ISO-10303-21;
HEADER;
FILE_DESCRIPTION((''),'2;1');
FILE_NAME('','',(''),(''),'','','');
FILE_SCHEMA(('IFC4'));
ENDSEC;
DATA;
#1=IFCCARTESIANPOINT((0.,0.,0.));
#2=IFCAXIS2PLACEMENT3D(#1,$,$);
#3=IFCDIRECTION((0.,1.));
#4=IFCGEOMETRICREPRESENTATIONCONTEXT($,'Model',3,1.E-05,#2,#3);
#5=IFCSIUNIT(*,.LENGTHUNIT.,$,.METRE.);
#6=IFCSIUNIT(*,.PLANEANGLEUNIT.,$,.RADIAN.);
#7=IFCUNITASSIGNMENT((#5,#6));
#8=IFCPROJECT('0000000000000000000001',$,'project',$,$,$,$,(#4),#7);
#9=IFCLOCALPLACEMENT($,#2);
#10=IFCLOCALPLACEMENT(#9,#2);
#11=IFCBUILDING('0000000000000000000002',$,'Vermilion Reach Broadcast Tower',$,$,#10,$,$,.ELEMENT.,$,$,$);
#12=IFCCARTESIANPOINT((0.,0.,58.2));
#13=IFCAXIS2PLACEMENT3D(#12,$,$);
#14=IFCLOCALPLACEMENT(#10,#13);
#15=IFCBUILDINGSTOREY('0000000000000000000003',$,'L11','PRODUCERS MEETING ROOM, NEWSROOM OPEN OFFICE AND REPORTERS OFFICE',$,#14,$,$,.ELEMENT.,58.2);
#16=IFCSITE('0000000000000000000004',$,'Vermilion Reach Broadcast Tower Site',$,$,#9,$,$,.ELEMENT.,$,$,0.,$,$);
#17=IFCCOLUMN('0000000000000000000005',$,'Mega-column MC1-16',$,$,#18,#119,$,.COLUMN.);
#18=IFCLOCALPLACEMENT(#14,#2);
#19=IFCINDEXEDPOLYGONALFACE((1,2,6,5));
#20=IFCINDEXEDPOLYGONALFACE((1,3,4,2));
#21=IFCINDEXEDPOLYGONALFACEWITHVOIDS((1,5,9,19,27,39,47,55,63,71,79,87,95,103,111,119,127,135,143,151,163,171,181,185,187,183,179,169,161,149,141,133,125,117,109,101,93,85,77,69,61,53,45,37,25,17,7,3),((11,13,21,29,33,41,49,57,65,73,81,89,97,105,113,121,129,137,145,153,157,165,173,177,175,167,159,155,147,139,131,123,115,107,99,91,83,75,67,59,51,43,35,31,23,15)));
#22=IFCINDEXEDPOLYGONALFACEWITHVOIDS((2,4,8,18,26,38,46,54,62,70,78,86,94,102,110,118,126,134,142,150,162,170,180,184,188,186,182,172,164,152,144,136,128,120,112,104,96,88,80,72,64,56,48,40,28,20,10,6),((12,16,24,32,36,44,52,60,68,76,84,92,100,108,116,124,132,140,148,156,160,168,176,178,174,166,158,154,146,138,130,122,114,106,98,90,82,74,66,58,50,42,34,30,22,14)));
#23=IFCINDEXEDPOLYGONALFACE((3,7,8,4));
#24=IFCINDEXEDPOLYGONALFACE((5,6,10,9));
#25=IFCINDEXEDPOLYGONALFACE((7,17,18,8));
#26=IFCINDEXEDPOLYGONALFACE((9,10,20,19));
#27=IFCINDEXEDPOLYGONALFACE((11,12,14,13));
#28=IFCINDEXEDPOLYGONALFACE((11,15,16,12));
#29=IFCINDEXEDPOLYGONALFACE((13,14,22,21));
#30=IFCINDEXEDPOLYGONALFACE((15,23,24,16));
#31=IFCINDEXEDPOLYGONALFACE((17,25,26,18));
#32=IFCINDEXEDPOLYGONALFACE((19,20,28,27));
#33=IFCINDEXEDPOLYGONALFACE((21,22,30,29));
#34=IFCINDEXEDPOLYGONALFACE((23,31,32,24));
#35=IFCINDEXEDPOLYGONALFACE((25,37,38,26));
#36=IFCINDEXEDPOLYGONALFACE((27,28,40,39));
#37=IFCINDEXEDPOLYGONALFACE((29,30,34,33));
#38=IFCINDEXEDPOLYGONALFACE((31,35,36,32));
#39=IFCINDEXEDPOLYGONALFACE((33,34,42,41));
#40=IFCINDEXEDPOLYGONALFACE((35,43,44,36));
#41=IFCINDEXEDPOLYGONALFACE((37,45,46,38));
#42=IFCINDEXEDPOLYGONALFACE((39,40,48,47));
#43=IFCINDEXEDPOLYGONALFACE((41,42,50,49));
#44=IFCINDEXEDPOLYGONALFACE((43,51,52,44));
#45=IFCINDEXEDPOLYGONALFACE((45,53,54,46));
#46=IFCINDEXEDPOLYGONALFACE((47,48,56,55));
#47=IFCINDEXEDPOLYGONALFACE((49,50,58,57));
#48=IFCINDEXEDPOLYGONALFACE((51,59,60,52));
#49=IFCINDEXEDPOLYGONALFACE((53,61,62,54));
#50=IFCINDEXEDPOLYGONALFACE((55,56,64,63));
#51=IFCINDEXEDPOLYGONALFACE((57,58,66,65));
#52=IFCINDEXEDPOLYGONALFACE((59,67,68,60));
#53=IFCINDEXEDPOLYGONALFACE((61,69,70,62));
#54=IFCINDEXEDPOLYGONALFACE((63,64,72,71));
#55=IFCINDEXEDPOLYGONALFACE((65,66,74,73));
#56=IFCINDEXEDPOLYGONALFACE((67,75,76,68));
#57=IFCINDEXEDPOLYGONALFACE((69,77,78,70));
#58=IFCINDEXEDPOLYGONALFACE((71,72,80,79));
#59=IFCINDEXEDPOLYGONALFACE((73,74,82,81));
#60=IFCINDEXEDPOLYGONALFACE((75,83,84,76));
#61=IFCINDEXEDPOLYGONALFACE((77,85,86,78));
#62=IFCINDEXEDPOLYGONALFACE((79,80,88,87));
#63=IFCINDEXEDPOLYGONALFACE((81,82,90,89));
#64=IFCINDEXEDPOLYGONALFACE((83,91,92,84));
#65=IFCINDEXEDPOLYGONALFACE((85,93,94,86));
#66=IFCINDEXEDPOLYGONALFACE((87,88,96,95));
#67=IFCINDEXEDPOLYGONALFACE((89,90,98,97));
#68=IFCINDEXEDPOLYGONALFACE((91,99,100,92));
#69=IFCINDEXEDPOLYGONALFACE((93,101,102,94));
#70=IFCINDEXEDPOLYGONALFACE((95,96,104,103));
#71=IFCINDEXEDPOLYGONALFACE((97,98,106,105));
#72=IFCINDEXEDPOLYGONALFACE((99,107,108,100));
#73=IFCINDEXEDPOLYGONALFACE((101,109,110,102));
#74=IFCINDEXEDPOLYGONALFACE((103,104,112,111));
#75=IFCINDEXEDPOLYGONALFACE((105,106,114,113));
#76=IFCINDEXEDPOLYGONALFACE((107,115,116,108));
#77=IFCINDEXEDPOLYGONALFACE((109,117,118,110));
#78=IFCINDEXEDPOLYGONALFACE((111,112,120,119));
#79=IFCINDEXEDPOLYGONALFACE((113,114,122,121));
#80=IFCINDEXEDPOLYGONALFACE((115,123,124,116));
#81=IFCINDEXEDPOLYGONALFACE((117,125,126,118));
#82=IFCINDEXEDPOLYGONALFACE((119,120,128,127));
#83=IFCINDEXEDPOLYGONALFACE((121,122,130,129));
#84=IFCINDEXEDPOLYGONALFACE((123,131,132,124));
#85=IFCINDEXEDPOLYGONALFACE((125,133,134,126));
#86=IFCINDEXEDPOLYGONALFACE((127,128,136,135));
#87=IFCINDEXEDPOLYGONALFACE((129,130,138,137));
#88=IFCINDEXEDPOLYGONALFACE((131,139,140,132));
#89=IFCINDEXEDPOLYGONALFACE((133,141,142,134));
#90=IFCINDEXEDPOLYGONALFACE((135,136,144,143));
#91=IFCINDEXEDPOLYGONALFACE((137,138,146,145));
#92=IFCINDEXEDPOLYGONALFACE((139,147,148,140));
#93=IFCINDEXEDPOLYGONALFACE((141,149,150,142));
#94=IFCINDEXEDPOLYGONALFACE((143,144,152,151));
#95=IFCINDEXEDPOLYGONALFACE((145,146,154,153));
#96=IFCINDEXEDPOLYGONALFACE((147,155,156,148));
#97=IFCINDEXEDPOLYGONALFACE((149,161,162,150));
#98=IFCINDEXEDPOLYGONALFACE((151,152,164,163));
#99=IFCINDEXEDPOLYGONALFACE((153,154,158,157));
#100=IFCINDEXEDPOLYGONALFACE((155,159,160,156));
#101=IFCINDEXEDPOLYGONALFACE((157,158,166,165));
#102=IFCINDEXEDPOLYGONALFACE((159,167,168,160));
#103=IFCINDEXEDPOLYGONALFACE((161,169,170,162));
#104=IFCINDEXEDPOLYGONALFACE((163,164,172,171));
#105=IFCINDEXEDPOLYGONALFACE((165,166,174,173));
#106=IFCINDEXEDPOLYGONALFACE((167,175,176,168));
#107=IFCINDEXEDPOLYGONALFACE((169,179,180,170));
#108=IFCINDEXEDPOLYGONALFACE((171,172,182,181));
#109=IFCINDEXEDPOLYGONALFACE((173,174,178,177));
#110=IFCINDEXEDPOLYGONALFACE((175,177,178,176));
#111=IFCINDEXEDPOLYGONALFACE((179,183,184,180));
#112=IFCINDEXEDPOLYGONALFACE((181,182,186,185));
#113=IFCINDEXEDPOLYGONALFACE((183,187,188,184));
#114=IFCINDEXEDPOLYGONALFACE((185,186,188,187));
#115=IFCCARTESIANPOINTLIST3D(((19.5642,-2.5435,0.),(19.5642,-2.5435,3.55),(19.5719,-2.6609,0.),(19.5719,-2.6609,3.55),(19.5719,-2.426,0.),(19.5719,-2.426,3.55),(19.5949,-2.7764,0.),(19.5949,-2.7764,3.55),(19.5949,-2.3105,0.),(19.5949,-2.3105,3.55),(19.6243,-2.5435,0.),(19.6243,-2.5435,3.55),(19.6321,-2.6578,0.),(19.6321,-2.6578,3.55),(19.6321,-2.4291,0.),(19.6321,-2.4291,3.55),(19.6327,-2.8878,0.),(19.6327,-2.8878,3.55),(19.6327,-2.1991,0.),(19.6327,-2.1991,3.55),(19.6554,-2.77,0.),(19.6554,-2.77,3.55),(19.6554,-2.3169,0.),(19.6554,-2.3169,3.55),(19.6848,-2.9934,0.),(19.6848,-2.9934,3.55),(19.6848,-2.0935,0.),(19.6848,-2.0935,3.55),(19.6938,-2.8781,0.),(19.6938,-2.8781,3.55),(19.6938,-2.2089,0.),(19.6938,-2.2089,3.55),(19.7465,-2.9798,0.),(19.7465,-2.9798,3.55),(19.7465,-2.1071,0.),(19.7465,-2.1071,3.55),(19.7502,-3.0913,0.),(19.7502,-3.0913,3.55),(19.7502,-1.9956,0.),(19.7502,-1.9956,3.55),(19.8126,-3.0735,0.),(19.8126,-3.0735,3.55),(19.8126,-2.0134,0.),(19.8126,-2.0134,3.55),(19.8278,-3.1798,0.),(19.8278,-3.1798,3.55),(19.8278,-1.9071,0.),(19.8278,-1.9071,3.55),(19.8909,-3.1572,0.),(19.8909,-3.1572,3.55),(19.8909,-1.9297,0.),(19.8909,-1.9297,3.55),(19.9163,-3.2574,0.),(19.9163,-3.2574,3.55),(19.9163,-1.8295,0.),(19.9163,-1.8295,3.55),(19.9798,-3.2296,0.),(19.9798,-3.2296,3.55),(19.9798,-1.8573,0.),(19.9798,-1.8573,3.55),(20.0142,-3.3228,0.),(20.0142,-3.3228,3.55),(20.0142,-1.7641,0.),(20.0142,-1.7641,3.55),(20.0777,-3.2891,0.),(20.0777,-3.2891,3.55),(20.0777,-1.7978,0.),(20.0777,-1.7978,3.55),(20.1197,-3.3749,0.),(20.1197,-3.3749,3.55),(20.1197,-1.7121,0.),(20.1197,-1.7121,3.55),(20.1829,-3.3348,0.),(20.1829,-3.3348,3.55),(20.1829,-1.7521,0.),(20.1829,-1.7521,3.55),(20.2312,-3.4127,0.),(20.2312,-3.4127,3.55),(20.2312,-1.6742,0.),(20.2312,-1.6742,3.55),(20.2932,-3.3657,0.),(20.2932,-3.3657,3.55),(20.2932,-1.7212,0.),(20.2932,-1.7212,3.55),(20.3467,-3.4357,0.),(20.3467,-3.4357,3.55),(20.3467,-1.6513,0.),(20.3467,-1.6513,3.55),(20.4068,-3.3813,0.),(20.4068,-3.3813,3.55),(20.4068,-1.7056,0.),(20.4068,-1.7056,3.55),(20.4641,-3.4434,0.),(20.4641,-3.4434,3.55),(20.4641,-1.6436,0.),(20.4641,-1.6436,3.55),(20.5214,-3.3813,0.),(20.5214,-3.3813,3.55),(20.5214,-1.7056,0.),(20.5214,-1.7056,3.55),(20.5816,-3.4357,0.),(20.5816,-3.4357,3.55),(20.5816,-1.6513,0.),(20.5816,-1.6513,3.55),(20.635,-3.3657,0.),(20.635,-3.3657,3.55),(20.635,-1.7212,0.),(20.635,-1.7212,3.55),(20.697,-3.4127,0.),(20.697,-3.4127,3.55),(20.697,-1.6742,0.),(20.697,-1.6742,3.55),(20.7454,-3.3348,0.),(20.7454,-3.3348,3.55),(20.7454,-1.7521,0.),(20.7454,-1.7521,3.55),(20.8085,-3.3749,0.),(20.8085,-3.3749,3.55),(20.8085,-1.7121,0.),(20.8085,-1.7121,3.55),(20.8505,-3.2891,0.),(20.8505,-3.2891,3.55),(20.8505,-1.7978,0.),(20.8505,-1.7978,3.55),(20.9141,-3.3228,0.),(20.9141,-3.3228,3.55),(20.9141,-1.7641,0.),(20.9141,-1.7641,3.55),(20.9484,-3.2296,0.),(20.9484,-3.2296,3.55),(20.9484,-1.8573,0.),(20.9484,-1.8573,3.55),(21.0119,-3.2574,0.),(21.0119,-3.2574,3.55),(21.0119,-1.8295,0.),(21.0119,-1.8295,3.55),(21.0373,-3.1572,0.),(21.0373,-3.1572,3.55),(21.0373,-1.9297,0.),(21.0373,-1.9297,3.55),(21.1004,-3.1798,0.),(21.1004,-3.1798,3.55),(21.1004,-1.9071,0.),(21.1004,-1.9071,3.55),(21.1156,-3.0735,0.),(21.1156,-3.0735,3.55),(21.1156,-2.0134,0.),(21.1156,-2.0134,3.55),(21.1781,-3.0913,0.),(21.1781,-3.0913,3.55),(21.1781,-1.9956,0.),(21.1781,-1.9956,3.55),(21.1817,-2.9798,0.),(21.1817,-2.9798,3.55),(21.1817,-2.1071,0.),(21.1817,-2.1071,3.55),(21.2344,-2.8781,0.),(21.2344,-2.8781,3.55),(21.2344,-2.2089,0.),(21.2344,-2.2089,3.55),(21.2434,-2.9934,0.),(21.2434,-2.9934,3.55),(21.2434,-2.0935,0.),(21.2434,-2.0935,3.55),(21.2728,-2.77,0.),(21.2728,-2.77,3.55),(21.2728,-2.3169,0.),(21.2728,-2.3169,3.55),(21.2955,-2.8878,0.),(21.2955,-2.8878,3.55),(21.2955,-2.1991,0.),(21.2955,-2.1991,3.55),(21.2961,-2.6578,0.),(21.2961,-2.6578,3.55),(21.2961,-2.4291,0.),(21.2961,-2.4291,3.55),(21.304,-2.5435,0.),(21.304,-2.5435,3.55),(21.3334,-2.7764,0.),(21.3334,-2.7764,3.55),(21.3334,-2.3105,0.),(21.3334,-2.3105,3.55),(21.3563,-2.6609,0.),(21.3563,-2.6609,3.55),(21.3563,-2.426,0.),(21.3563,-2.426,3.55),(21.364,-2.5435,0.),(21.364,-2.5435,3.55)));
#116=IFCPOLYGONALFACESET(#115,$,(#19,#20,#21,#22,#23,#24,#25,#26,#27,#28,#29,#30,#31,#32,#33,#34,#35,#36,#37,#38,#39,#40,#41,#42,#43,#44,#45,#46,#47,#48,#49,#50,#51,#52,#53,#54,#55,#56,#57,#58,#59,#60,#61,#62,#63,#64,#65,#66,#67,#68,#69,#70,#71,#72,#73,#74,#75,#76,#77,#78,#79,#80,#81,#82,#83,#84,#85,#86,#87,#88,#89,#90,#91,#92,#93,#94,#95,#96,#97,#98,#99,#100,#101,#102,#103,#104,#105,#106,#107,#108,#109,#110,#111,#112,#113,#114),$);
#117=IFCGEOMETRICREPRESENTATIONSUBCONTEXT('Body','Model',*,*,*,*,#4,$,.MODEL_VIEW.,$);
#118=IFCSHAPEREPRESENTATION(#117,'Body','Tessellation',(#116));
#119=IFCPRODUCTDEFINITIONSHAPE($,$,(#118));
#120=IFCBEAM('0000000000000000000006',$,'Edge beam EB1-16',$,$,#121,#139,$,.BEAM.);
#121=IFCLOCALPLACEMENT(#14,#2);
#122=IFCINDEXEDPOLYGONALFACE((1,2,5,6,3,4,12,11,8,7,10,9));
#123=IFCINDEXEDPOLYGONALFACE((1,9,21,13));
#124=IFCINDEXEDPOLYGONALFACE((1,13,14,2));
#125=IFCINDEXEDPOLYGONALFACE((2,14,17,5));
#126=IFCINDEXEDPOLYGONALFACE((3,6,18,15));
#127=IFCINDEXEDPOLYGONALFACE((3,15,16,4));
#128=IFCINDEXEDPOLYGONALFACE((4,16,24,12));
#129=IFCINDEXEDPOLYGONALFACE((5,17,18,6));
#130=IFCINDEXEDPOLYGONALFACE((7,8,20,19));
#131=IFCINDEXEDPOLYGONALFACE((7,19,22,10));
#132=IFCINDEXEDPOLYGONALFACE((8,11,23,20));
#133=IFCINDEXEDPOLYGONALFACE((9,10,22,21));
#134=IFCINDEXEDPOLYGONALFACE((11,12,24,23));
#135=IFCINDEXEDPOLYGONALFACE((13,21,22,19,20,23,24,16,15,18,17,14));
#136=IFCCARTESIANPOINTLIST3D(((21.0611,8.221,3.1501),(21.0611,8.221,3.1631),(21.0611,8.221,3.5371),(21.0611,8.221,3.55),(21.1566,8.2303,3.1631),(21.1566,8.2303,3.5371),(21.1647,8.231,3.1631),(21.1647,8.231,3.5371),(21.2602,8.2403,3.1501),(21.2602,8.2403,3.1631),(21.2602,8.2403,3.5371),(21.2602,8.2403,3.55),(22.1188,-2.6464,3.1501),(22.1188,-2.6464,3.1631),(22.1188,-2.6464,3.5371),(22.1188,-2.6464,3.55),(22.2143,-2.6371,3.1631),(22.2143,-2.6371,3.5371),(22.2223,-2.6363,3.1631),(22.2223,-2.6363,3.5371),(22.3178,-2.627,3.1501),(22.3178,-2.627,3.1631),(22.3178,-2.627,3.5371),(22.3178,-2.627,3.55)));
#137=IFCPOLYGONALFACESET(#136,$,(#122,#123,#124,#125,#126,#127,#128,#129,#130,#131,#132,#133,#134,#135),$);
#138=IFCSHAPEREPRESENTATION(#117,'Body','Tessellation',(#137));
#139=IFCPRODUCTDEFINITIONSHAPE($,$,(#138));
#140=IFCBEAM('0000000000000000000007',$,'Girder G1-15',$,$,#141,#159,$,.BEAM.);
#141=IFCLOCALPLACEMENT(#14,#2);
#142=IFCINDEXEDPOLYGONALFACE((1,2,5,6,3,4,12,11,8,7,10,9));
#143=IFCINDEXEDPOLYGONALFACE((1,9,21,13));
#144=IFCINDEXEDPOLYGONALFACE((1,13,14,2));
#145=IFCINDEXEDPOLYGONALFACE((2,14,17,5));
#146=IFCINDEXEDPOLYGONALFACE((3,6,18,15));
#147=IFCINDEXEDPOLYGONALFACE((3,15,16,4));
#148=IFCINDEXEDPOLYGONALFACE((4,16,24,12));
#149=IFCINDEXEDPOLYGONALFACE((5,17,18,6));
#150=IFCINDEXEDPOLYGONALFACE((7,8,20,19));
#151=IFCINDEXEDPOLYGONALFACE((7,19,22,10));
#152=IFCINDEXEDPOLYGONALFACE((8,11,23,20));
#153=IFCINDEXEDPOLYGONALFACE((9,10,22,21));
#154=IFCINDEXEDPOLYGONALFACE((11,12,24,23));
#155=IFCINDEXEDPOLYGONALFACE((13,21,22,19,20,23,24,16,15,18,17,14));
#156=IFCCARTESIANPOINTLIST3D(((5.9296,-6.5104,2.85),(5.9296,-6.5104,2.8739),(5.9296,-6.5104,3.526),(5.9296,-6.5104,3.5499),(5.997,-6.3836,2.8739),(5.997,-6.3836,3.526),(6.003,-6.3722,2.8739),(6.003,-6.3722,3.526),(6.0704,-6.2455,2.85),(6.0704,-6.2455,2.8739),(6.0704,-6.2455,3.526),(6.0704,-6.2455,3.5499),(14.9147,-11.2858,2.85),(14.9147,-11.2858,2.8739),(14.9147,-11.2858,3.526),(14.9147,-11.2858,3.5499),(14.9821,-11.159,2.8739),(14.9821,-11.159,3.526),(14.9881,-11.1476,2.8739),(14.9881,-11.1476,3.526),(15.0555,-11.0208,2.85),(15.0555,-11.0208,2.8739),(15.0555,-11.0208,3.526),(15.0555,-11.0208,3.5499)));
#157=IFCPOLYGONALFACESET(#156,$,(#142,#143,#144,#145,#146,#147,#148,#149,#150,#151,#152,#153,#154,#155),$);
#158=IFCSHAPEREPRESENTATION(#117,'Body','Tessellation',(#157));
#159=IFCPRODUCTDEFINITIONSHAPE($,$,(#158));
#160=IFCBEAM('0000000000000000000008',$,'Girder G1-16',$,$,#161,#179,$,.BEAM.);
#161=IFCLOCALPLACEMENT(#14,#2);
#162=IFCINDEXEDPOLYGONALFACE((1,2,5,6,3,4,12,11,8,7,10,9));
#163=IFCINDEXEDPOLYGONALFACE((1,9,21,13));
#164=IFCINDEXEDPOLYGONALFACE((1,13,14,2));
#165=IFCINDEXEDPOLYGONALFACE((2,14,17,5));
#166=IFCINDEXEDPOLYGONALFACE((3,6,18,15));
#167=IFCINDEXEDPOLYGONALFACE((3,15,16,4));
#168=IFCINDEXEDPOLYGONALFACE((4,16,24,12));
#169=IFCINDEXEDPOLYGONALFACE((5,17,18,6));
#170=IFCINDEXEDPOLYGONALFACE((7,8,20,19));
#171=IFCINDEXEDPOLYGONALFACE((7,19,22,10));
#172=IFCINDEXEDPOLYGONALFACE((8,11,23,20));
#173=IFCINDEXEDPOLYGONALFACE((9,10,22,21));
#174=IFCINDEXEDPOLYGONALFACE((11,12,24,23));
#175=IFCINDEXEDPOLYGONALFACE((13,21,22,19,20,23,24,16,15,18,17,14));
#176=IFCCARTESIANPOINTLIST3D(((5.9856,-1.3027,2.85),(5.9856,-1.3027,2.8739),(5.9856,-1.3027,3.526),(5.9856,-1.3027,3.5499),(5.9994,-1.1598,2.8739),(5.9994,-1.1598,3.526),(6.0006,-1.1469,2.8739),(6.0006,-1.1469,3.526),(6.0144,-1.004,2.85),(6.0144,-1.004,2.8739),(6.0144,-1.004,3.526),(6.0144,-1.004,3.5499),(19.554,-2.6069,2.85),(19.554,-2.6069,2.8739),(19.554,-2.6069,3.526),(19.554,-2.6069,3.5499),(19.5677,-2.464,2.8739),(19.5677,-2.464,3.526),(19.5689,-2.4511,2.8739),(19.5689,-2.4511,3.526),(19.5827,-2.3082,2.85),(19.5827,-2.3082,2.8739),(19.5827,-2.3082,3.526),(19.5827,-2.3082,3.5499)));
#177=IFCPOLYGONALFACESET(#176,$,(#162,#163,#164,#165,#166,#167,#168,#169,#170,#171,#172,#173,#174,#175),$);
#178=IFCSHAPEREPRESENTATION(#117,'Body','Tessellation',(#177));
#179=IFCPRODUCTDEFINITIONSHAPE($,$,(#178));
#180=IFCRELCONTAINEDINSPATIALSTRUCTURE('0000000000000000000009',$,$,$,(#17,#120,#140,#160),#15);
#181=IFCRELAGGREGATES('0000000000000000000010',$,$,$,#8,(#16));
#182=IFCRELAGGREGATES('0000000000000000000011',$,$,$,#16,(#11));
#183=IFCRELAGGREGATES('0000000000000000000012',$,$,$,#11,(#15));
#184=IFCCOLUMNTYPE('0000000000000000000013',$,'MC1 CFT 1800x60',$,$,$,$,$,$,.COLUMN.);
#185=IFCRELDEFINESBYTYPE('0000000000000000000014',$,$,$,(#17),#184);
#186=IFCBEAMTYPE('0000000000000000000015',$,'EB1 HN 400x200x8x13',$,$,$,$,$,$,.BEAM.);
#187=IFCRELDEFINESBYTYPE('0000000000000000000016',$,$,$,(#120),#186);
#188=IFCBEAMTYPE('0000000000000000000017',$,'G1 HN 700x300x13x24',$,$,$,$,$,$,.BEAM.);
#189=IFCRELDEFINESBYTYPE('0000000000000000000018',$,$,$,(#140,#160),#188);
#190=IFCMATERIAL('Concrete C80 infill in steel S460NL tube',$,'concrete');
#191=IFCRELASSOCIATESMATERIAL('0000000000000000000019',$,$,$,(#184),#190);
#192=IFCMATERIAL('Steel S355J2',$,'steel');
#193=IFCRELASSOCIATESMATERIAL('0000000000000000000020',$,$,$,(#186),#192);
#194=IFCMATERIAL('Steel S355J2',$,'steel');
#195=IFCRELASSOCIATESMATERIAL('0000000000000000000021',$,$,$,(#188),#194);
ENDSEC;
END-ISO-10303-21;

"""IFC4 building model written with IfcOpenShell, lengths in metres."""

from ifc_helpers import new_model, si_unit, direction, frame, origin, origin_2d, place, context, subcontext, project, spatial, hollow_circle, i_section, extrude, material, material_profile, profile_set, type_object, element, save


model = new_model("IFC4")

# Units and contexts
model_context = context("Model", 3, precision=1e-05, world=origin(), true_north=direction((0.0, 1.0)))
body_context = subcontext(model_context, "Body", "Model", "MODEL_VIEW")
ifc_project = project(units=[si_unit("LENGTHUNIT", "METRE"), si_unit("PLANEANGLEUNIT", "RADIAN")], contexts=[model_context])

# Site, building, storey
site_placement = place(None, origin())
site = spatial("IfcSite", under=ifc_project, at=site_placement, Name="Vermilion Reach Broadcast Tower Site", CompositionType="ELEMENT", RefElevation=0.0)
building_placement = place(site_placement, origin())
building = spatial("IfcBuilding", under=site, at=building_placement, Name="Vermilion Reach Broadcast Tower", CompositionType="ELEMENT")
storey_placement = place(building_placement, frame((0.0, 0.0, 58.2)))
storey = spatial("IfcBuildingStorey", under=building, at=storey_placement, Name="L11", Description="PRODUCERS MEETING ROOM, NEWSROOM OPEN OFFICE AND REPORTERS OFFICE", CompositionType="ELEMENT", Elevation=58.2)

# Column
ifc_material_1 = material(Name="Concrete C80 infill in steel S460NL tube", Category="concrete")
ifc_material_profile_1 = material_profile(ifc_material_1, hollow_circle(Radius=0.8999, WallThickness=0.0601, at=origin_2d()), Name="Concrete C80 infill in steel S460NL tube CFT 1800x60")
ifc_profile_set_1 = profile_set([ifc_material_profile_1], Name="Concrete C80 infill in steel S460NL tube")
column_type = type_object("IfcColumnType", Name="MC1 CFT 1800x60", PredefinedType="COLUMN", material=ifc_profile_set_1)
column_placement = place(storey_placement, frame((20.4641, -2.5435, 0.0), z_axis=(0.0, 0.0, 1.0), x_axis=(1.0, 0.0, 0.0)))
element("IfcColumn", 1, at=column_placement, inside=storey, type_object=column_type, Name="Mega-column MC1-16", PredefinedType="COLUMN", context=body_context, shape_type="SweptSolid", body=[
    extrude(hollow_circle(Radius=0.8999, WallThickness=0.0601, at=origin_2d()), origin(), (0.0, 0.0, 1.0), 3.55),
])

# Beams
ifc_material_2 = material(Name="Steel S355J2", Category="steel")
ifc_material_profile_2 = material_profile(ifc_material_2, i_section(OverallWidth=0.2, OverallDepth=0.3999, WebThickness=0.0081, FlangeThickness=0.0129, at=origin_2d()), Name="S355J2 HN 400x200x8x13")
ifc_profile_set_2 = profile_set([ifc_material_profile_2], Name="Steel S355J2")
beam_type_1 = type_object("IfcBeamType", Name="EB1 HN 400x200x8x13", PredefinedType="BEAM", material=ifc_profile_set_2)
beam_1_placement = place(storey_placement, frame((22.2183, -2.6367, 3.3501), z_axis=(-0.096862, 0.995298, 0.0), x_axis=(-0.995298, -0.096862, 0.0)))
element("IfcBeam", 2, at=beam_1_placement, inside=storey, type_object=beam_type_1, Name="Edge beam EB1-16", PredefinedType="BEAM", context=body_context, shape_type="SweptSolid", body=[
    extrude(i_section(OverallWidth=0.2, OverallDepth=0.3999, WebThickness=0.0081, FlangeThickness=0.0129, at=origin_2d()), origin(), (0.0, 0.0, 1.0), 10.9187),
])
ifc_material_3 = material(Name="Steel S355J2", Category="steel")
ifc_material_profile_3 = material_profile(ifc_material_3, i_section(OverallWidth=0.3, OverallDepth=0.7, WebThickness=0.0129, FlangeThickness=0.0239, at=origin_2d()), Name="S355J2 HN 700x300x13x24")
ifc_profile_set_3 = profile_set([ifc_material_profile_3], Name="Steel S355J2")
beam_type_2 = type_object("IfcBeamType", Name="G1 HN 700x300x13x24", PredefinedType="BEAM", material=ifc_profile_set_3)
beam_2_placement = place(storey_placement, frame((6.0, -6.3779, 3.2), z_axis=(0.883032, -0.469313, 0.0), x_axis=(0.469313, 0.883032, 0.0)))
element("IfcBeam", 3, at=beam_2_placement, inside=storey, type_object=beam_type_2, Name="Girder G1-15", PredefinedType="BEAM", context=body_context, shape_type="SweptSolid", body=[
    extrude(i_section(OverallWidth=0.3, OverallDepth=0.7, WebThickness=0.0129, FlangeThickness=0.0239, at=origin_2d()), origin(), (0.0, 0.0, 1.0), 10.1753),
])
beam_3_placement = place(storey_placement, frame((6.0, -1.1533, 3.2), z_axis=(0.995412, -0.09568, 0.0), x_axis=(0.09568, 0.995412, 0.0)))
element("IfcBeam", 4, at=beam_3_placement, inside=storey, type_object=beam_type_2, Name="Girder G1-16", PredefinedType="BEAM", context=body_context, shape_type="SweptSolid", body=[
    extrude(i_section(OverallWidth=0.3, OverallDepth=0.7, WebThickness=0.0129, FlangeThickness=0.0239, at=origin_2d()), origin(), (0.0, 0.0, 1.0), 13.6309),
])

save(model, "model.ifc")
